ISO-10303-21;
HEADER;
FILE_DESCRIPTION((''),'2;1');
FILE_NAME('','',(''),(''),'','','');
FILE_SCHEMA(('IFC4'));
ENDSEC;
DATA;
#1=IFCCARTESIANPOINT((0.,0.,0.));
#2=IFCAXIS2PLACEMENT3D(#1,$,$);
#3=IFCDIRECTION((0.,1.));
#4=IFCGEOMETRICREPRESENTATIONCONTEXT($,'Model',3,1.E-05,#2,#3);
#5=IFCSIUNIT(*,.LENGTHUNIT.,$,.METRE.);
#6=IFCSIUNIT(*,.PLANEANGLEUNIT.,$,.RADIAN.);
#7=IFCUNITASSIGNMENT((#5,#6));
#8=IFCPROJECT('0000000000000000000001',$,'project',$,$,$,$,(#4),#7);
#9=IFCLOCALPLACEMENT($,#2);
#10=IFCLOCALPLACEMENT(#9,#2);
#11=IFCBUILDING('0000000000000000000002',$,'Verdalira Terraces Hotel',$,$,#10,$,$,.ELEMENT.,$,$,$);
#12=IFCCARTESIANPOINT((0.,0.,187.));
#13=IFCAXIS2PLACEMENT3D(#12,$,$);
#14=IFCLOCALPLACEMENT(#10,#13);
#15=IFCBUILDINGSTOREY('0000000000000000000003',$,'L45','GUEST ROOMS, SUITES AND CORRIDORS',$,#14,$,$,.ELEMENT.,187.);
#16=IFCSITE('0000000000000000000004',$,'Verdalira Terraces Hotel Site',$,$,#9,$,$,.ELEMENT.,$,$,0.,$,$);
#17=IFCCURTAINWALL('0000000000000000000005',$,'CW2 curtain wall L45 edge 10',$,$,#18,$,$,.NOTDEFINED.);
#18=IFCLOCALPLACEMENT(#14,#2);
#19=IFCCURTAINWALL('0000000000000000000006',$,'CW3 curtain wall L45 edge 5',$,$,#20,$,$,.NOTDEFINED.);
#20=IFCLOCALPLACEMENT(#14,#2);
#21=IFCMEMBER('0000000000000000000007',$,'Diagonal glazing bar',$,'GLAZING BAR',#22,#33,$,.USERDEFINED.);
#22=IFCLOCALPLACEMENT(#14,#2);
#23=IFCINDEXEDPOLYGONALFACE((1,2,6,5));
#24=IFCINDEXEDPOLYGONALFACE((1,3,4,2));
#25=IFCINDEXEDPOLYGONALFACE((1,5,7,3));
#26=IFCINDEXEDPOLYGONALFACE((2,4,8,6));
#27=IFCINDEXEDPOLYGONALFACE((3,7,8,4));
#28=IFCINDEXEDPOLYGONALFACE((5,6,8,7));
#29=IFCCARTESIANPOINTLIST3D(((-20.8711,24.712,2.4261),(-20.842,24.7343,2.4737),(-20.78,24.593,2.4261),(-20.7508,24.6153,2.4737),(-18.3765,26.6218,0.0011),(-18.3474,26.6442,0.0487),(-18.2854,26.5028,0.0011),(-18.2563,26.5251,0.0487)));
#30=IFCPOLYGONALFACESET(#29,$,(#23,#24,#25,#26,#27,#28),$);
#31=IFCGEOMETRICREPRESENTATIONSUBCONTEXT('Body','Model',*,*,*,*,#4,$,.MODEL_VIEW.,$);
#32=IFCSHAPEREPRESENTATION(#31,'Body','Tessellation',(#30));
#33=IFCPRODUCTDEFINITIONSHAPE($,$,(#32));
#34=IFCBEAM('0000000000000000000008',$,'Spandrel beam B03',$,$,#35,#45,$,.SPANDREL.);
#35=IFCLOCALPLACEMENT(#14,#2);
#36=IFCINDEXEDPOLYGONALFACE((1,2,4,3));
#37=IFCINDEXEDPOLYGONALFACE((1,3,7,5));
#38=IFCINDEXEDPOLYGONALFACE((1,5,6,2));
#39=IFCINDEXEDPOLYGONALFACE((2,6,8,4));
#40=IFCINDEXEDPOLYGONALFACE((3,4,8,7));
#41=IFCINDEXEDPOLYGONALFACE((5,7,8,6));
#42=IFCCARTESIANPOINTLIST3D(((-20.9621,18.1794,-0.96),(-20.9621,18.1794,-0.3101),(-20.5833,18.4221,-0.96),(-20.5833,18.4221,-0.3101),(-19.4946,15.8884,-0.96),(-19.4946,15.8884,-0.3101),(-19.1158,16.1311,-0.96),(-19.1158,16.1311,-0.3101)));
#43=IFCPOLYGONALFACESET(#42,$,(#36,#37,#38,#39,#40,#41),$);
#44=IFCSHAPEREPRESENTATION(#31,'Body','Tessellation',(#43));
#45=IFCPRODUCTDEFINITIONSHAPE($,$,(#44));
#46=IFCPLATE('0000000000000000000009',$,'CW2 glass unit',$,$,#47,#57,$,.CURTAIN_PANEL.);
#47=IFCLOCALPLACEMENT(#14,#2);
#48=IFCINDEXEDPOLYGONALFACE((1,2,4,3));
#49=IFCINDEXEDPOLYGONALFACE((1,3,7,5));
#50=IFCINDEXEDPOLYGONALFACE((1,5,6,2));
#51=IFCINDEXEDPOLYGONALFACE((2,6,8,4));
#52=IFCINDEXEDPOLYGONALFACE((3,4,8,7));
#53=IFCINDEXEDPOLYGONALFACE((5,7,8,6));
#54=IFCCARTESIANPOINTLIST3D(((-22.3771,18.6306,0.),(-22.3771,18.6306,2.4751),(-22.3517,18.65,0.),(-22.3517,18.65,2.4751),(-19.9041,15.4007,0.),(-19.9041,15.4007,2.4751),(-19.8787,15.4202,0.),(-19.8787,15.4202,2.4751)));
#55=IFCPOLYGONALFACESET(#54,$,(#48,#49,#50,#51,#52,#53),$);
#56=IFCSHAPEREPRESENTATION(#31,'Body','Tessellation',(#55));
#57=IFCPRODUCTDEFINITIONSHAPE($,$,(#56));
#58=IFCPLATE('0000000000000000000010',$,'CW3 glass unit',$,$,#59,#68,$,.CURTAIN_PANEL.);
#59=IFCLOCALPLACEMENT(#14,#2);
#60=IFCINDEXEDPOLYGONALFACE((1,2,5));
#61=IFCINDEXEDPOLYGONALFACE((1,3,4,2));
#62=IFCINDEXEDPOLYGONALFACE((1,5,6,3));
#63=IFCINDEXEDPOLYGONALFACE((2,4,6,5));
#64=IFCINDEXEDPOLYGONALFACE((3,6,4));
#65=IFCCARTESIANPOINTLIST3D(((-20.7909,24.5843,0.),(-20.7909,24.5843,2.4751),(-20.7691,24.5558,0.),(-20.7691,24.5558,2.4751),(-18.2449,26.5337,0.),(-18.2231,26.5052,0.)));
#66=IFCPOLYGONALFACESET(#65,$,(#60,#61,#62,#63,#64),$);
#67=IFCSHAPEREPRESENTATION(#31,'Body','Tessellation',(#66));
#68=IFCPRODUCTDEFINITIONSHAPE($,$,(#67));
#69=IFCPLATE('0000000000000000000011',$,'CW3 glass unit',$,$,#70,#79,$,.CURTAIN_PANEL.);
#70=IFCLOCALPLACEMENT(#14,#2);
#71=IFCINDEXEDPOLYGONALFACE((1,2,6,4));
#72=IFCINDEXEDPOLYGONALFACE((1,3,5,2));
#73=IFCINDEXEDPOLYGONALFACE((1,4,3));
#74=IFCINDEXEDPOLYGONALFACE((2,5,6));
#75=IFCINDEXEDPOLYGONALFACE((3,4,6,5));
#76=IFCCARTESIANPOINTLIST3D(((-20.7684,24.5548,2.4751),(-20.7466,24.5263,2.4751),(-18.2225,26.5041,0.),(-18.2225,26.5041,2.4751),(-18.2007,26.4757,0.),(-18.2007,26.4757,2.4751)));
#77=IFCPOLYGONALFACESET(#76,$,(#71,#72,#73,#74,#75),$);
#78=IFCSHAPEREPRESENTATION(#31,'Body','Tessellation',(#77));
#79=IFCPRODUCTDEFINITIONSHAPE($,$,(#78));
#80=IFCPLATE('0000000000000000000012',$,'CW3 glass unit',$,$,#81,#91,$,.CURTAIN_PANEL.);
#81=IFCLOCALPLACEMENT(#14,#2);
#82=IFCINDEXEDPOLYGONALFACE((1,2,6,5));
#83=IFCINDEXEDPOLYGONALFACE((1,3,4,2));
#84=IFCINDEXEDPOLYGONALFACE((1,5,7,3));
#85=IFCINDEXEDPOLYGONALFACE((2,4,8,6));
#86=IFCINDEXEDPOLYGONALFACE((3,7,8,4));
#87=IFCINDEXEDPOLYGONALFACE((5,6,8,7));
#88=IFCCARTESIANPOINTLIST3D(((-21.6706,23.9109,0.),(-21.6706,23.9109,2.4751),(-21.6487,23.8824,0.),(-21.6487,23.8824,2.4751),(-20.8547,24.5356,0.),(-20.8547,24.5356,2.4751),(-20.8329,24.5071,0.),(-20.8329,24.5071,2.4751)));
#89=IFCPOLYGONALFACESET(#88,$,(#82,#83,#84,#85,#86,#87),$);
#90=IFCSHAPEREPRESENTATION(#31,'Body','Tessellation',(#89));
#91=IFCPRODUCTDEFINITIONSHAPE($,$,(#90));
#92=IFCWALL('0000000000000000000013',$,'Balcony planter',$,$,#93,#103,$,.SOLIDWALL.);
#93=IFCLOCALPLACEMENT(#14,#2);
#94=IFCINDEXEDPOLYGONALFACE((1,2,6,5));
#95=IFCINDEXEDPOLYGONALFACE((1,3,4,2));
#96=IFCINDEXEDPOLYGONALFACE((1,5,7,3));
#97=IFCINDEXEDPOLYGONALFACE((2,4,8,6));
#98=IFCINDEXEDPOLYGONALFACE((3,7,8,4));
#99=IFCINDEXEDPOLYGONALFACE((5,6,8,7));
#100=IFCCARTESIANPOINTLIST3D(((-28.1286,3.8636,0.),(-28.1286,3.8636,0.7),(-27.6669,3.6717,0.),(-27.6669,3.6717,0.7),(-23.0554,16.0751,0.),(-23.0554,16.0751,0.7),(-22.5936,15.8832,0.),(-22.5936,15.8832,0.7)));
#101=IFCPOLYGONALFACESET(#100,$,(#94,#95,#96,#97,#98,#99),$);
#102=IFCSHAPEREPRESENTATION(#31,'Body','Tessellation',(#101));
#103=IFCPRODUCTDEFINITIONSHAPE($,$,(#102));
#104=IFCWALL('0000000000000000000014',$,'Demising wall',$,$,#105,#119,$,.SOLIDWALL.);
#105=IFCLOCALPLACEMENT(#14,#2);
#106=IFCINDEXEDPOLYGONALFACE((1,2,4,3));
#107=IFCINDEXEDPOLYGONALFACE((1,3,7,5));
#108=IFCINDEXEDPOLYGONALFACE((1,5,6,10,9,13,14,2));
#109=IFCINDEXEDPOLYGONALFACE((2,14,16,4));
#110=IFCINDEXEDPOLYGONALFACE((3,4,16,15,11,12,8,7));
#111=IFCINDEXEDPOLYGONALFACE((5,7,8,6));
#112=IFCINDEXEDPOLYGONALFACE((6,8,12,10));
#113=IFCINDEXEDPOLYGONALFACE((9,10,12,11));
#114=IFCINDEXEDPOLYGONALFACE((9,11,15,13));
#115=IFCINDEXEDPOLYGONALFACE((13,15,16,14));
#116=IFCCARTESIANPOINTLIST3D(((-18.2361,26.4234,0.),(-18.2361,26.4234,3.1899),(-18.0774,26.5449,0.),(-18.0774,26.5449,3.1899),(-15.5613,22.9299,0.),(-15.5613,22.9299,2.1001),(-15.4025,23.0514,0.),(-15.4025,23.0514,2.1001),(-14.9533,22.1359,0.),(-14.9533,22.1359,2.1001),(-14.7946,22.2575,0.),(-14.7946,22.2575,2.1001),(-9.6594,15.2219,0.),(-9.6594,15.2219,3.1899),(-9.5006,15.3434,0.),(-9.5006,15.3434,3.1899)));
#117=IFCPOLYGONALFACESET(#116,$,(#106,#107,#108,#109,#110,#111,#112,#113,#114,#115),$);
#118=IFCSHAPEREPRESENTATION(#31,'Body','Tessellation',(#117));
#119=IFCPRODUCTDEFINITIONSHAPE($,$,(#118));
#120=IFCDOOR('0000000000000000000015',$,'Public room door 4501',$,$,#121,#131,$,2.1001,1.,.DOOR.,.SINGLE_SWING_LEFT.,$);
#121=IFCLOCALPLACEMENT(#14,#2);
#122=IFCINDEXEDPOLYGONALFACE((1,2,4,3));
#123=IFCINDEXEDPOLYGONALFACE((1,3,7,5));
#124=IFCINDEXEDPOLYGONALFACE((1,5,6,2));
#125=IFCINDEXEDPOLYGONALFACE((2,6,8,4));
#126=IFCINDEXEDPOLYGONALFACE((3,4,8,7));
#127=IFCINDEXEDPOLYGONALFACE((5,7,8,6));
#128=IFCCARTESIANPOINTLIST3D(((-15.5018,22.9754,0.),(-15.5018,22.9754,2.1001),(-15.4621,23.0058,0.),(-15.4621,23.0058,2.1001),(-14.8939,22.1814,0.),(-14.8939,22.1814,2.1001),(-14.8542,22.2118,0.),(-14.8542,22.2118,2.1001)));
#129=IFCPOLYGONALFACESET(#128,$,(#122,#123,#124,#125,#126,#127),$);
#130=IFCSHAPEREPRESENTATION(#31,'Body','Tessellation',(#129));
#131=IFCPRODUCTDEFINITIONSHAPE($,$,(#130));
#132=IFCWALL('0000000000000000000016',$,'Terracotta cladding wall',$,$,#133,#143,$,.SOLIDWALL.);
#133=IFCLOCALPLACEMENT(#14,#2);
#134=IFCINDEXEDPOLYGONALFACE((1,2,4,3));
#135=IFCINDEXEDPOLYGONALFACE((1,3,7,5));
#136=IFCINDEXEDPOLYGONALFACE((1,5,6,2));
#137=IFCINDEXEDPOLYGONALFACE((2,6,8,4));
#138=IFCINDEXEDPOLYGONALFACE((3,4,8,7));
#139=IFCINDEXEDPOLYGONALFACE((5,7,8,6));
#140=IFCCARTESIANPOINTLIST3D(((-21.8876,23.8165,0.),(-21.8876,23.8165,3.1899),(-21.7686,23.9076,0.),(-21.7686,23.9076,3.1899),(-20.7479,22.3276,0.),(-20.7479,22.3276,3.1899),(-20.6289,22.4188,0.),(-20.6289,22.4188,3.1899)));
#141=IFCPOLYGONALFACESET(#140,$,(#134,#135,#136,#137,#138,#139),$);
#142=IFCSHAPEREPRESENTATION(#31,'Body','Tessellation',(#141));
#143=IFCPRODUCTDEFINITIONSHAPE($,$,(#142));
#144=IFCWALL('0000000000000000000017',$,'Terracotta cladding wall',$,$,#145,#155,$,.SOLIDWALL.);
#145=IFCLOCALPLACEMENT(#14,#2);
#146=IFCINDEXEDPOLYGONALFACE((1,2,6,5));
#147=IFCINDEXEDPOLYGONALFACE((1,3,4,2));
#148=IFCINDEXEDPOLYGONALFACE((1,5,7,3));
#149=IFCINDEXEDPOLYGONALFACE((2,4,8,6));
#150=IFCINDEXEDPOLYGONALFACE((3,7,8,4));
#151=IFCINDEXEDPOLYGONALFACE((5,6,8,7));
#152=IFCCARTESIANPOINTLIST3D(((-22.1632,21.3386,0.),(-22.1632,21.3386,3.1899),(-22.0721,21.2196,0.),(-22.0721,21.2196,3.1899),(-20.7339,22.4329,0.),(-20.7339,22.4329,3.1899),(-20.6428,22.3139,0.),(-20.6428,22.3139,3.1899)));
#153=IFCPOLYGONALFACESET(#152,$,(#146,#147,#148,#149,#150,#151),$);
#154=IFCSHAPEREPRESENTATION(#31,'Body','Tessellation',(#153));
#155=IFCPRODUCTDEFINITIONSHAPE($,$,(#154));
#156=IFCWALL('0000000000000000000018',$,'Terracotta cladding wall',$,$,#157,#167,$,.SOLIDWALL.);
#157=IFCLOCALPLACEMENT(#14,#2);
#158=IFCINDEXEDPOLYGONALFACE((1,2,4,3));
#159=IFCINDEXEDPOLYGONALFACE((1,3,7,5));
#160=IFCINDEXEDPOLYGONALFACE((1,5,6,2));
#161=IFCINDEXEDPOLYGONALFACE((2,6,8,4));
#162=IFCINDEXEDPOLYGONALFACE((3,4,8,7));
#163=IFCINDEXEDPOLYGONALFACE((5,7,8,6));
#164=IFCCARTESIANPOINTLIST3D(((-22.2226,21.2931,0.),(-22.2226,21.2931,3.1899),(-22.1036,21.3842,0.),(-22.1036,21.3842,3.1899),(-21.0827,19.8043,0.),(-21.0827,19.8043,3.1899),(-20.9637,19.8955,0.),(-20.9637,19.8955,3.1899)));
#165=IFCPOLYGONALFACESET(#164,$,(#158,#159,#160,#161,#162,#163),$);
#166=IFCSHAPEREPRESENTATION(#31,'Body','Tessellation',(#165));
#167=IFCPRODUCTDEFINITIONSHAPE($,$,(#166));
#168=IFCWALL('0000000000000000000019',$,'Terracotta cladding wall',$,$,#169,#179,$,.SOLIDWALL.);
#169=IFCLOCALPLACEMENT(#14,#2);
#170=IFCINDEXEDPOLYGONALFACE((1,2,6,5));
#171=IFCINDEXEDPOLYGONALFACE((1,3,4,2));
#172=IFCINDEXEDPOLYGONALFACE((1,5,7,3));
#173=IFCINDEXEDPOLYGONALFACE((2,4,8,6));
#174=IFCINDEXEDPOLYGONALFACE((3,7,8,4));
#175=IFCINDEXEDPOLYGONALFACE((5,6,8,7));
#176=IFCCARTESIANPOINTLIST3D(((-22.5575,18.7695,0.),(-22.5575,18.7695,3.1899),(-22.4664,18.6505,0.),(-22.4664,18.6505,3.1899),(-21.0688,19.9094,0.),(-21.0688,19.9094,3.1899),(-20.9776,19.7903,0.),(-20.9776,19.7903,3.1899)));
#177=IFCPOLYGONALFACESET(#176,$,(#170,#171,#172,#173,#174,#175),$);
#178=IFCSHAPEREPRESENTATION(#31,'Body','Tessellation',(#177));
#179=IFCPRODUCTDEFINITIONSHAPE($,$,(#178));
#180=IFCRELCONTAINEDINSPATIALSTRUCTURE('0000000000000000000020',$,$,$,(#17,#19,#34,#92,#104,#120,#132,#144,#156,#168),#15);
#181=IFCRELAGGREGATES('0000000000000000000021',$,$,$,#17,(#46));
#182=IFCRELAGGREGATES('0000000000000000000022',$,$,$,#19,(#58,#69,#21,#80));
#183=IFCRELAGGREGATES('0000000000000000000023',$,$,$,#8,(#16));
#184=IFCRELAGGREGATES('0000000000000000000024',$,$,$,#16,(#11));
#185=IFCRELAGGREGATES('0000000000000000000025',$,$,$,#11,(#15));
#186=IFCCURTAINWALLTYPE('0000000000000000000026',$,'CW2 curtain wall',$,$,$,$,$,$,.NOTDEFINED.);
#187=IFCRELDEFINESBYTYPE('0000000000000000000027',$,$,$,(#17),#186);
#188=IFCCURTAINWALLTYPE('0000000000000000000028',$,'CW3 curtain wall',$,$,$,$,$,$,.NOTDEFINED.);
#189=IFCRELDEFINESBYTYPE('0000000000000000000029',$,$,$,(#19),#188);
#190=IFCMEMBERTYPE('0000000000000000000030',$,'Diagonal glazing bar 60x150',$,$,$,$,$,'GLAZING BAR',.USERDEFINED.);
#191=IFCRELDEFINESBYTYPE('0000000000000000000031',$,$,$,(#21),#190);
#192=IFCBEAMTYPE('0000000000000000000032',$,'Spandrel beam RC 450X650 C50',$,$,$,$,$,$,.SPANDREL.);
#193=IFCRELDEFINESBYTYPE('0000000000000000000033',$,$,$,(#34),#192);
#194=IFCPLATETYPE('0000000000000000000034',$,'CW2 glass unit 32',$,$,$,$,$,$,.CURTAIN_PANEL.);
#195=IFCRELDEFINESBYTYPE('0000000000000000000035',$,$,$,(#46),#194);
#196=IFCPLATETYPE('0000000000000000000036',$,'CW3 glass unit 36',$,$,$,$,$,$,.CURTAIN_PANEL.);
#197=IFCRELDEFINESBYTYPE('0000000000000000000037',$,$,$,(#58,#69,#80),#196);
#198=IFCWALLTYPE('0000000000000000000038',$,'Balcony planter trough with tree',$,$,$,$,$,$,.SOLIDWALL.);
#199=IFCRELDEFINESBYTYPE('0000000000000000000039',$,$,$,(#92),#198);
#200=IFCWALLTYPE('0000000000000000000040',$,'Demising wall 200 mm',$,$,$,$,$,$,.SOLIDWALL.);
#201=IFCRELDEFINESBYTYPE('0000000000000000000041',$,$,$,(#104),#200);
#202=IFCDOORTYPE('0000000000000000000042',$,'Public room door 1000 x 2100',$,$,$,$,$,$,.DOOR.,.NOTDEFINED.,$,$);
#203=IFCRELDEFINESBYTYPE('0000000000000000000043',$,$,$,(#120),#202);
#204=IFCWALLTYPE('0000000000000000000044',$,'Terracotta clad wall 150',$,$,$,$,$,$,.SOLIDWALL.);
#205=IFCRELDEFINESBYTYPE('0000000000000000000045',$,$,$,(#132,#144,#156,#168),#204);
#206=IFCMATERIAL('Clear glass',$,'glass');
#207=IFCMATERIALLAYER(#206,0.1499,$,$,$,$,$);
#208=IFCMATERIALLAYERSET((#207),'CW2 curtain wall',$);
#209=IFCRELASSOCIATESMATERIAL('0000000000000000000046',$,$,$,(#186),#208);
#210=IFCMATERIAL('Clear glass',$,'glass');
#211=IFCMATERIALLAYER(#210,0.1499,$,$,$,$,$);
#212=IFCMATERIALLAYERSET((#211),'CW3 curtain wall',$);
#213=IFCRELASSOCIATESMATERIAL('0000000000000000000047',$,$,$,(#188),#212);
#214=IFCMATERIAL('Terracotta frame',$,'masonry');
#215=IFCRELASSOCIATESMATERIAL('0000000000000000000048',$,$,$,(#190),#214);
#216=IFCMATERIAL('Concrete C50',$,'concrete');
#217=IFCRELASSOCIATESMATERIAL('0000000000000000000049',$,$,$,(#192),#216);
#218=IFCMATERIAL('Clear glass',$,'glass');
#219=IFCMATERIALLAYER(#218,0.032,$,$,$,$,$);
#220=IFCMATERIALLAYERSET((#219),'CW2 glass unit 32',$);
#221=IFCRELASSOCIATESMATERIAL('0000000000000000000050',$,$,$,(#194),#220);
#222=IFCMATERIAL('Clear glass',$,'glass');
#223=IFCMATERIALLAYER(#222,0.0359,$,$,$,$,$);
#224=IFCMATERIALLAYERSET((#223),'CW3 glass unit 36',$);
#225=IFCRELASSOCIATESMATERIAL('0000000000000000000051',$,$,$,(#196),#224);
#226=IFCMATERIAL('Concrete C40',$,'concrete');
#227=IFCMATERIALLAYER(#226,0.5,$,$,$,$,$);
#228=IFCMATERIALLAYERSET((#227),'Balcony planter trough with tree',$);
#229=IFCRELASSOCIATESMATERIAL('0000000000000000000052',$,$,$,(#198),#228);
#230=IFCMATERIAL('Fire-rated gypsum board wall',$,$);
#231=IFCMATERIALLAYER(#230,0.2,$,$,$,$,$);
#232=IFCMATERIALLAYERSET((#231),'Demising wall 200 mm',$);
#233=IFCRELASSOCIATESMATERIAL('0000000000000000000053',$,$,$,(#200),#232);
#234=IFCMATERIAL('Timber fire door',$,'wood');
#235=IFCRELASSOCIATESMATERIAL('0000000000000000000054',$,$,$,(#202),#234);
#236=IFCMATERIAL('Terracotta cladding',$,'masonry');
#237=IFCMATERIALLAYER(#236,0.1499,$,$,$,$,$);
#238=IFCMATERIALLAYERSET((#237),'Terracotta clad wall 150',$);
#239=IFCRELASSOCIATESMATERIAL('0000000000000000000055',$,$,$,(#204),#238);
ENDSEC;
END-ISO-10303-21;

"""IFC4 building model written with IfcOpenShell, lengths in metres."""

from ifc_helpers import new_model, si_unit, direction, frame, frame_2d, origin, origin_2d, place, context, subcontext, project, spatial, polyline, rectangle, outline, extrude, material, layer, layer_set, material_profile, profile_set, type_object, element, fill, aggregate, save


model = new_model("IFC4")

# Units and contexts
model_context = context("Model", 3, precision=1e-05, world=origin(), true_north=direction((0.0, 1.0)))
body_context = subcontext(model_context, "Body", "Model", "MODEL_VIEW")
ifc_project = project(units=[si_unit("LENGTHUNIT", "METRE"), si_unit("PLANEANGLEUNIT", "RADIAN")], contexts=[model_context])

# Site, building, storey
site_placement = place(None, origin())
site = spatial("IfcSite", under=ifc_project, at=site_placement, Name="Verdalira Terraces Hotel Site", CompositionType="ELEMENT", RefElevation=0.0)
building_placement = place(site_placement, origin())
building = spatial("IfcBuilding", under=site, at=building_placement, Name="Verdalira Terraces Hotel", CompositionType="ELEMENT")
storey_placement = place(building_placement, frame((0.0, 0.0, 187.0)))
storey = spatial("IfcBuildingStorey", under=building, at=storey_placement, Name="L45", Description="GUEST ROOMS, SUITES AND CORRIDORS", CompositionType="ELEMENT", Elevation=187.0)

# Curtain walls, member
ifc_material_1 = material(Name="Clear glass", Category="glass")
ifc_layer_1 = layer(ifc_material_1, 0.1499)
ifc_layer_set_1 = layer_set([ifc_layer_1], Name="CW2 curtain wall")
curtain_wall_type_1 = type_object("IfcCurtainWallType", Name="CW2 curtain wall", PredefinedType="NOTDEFINED", material=ifc_layer_set_1)
curtain_wall_1_placement = place(storey_placement, origin())
curtain_wall_1 = element("IfcCurtainWall", 1, at=curtain_wall_1_placement, inside=storey, type_object=curtain_wall_type_1, Name="CW2 curtain wall L45 edge 10", PredefinedType="NOTDEFINED")
ifc_material_2 = material(Name="Clear glass", Category="glass")
ifc_layer_2 = layer(ifc_material_2, 0.1499)
ifc_layer_set_2 = layer_set([ifc_layer_2], Name="CW3 curtain wall")
curtain_wall_type_2 = type_object("IfcCurtainWallType", Name="CW3 curtain wall", PredefinedType="NOTDEFINED", material=ifc_layer_set_2)
curtain_wall_2_placement = place(storey_placement, origin())
curtain_wall_2 = element("IfcCurtainWall", 2, at=curtain_wall_2_placement, inside=storey, type_object=curtain_wall_type_2, Name="CW3 curtain wall L45 edge 5", PredefinedType="NOTDEFINED")
ifc_material_3 = material(Name="Terracotta frame", Category="masonry")
ifc_material_profile_1 = material_profile(ifc_material_3, rectangle(XDim=0.1499, YDim=0.0601, at=origin_2d()), Name="GB 60x150")
ifc_profile_set_1 = profile_set([ifc_material_profile_1], Name="Terracotta frame")
member_type_1 = type_object("IfcMemberType", Name="Diagonal glazing bar 60x150", ElementType="GLAZING BAR", PredefinedType="USERDEFINED", material=ifc_profile_set_1)
member_1_placement = place(storey_placement, frame((-18.3164, 26.5735, 0.0249), z_axis=(-0.628551, -0.481225, 0.61102), x_axis=(0.607903, -0.794011, 0.0)))
member_1 = element("IfcMember", 3, at=member_1_placement, type_object=member_type_1, Name="Diagonal glazing bar", ObjectType="GLAZING BAR", PredefinedType="USERDEFINED", context=body_context, shape_type="SweptSolid", body=[
    extrude(rectangle(XDim=0.1499, YDim=0.0601, at=origin_2d()), origin(), (0.0, 0.0, 1.0), 3.9688),
])

# Beam
ifc_material_4 = material(Name="Concrete C50", Category="concrete")
ifc_material_profile_2 = material_profile(ifc_material_4, rectangle(XDim=0.45, YDim=0.6499, at=origin_2d()), Name="RC 450X650")
ifc_profile_set_2 = profile_set([ifc_material_profile_2], Name="Concrete C50")
beam_type_1 = type_object("IfcBeamType", Name="Spandrel beam RC 450X650 C50", PredefinedType="SPANDREL", material=ifc_profile_set_2)
beam_1_placement = place(storey_placement, frame((-20.7727, 18.3008, -0.635), z_axis=(0.539387, -0.842058, 0.0), x_axis=(0.842058, 0.539387, 0.0)))
element("IfcBeam", 4, at=beam_1_placement, inside=storey, type_object=beam_type_1, Name="Spandrel beam B03", PredefinedType="SPANDREL", context=body_context, shape_type="SweptSolid", body=[
    extrude(rectangle(XDim=0.45, YDim=0.6499, at=origin_2d()), origin(), (0.0, 0.0, 1.0), 2.7207),
])

# Plates
ifc_material_5 = material(Name="Clear glass", Category="glass")
ifc_layer_3 = layer(ifc_material_5, 0.032)
ifc_layer_set_3 = layer_set([ifc_layer_3], Name="CW2 glass unit 32")
plate_type_1 = type_object("IfcPlateType", Name="CW2 glass unit 32", PredefinedType="CURTAIN_PANEL", material=ifc_layer_set_3)
plate_1_placement = place(storey_placement, frame((-21.1279, 17.0254, 0.0), z_axis=(0.0, 0.0, 1.0), x_axis=(0.60793, -0.79399, 0.0)))
plate_1 = element("IfcPlate", 5, at=plate_1_placement, type_object=plate_type_1, Name="CW2 glass unit", PredefinedType="CURTAIN_PANEL", context=body_context, shape_type="SweptSolid", body=[
    extrude(rectangle(XDim=4.0679, YDim=0.032, at=origin_2d()), origin(), (0.0, 0.0, 1.0), 2.4751),
])
aggregate(curtain_wall_1, [plate_1])
ifc_material_6 = material(Name="Clear glass", Category="glass")
ifc_layer_4 = layer(ifc_material_6, 0.0359)
ifc_layer_set_4 = layer_set([ifc_layer_4], Name="CW3 glass unit 36")
plate_type_2 = type_object("IfcPlateType", Name="CW3 glass unit 36", PredefinedType="CURTAIN_PANEL", material=ifc_layer_set_4)
plate_2_placement = place(storey_placement, frame((-19.4961, 25.5305, 1.2375), z_axis=(-0.60793, 0.79399, 0.0), x_axis=(-0.79399, -0.60793, 0.0)))
plate_2 = element("IfcPlate", 6, at=plate_2_placement, type_object=plate_type_2, Name="CW3 glass unit", PredefinedType="CURTAIN_PANEL", context=body_context, shape_type="SweptSolid", body=[
    extrude(outline(polyline([(-1.6033, -1.2375), (1.6033, -1.2375), (1.6033, 1.2375), (-1.6033, -1.2375)])), origin(), (0.0, 0.0, 1.0), 0.0359),
])
plate_3_placement = place(storey_placement, frame((-19.4736, 25.501, 1.2375), z_axis=(-0.60793, 0.79399, 0.0), x_axis=(-0.79399, -0.60793, 0.0)))
plate_3 = element("IfcPlate", 7, at=plate_3_placement, type_object=plate_type_2, Name="CW3 glass unit", PredefinedType="CURTAIN_PANEL", context=body_context, shape_type="SweptSolid", body=[
    extrude(outline(polyline([(-1.6033, -1.2375), (1.6033, 1.2375), (-1.6033, 1.2375), (-1.6033, -1.2375)])), origin(), (0.0, 0.0, 1.0), 0.0359),
])
plate_4_placement = place(storey_placement, frame((-21.2517, 24.209, 0.0), z_axis=(0.0, 0.0, 1.0), x_axis=(-0.79399, -0.60793, 0.0)))
plate_4 = element("IfcPlate", 8, at=plate_4_placement, type_object=plate_type_2, Name="CW3 glass unit", PredefinedType="CURTAIN_PANEL", context=body_context, shape_type="SweptSolid", body=[
    extrude(rectangle(XDim=1.0276, YDim=0.0359, at=origin_2d()), origin(), (0.0, 0.0, 1.0), 2.4751),
])
aggregate(curtain_wall_2, [plate_2, plate_3, member_1, plate_4])

# Wall
ifc_material_7 = material(Name="Concrete C40", Category="concrete")
ifc_layer_5 = layer(ifc_material_7, 0.5)
ifc_layer_set_5 = layer_set([ifc_layer_5], Name="Balcony planter trough with tree")
wall_type_1 = type_object("IfcWallType", Name="Balcony planter trough with tree", PredefinedType="SOLIDWALL", material=ifc_layer_set_5)
wall_1_placement = place(storey_placement, frame((-22.8245, 15.9792, 0.0), z_axis=(0.0, 0.0, 1.0), x_axis=(-0.383658, -0.923475, 0.0)))
element("IfcWall", 9, at=wall_1_placement, inside=storey, type_object=wall_type_1, Name="Balcony planter", PredefinedType="SOLIDWALL", context=body_context, shape_type="SweptSolid", body=[
    extrude(rectangle(XDim=13.2234, YDim=0.5, at=frame_2d((6.6118, 0.0))), origin(), (0.0, 0.0, 1.0), 0.7),
])

# Wall, opening, door
ifc_material_8 = material(Name="Fire-rated gypsum board wall")
ifc_layer_6 = layer(ifc_material_8, 0.2)
ifc_layer_set_6 = layer_set([ifc_layer_6], Name="Demising wall 200 mm")
wall_type_2 = type_object("IfcWallType", Name="Demising wall 200 mm", PredefinedType="SOLIDWALL", material=ifc_layer_set_6)
wall_2_placement = place(storey_placement, frame((-18.1567, 26.4841, 0.0), z_axis=(0.0, 0.0, 1.0), x_axis=(0.607936, -0.793986, 0.0)))
wall_2 = element("IfcWall", 10, at=wall_2_placement, inside=storey, type_object=wall_type_2, Name="Demising wall", PredefinedType="SOLIDWALL", context=body_context, shape_type="SweptSolid", body=[
    extrude(rectangle(XDim=14.1079, YDim=0.2, at=frame_2d((7.054, 0.0))), origin(), (0.0, 0.0, 1.0), 3.1899),
])
opening_placement = place(wall_2_placement, frame((4.3999, 0.0, 0.0)))
opening = element("IfcOpeningElement", 11, at=opening_placement, cuts=wall_2, PredefinedType="OPENING", context=body_context, shape_type="SweptSolid", body=[
    extrude(rectangle(XDim=1.0, YDim=2.1001, at=frame_2d((0.5, 1.05))), frame((0.0, 0.1099, 0.0), z_axis=(0.0, -1.0, 0.0), x_axis=(1.0, 0.0, 0.0)), (0.0, 0.0, 1.0), 0.22),
])
ifc_material_9 = material(Name="Timber fire door", Category="wood")
door_type = type_object("IfcDoorType", Name="Public room door 1000 x 2100", OperationType="NOTDEFINED", PredefinedType="DOOR", material=ifc_material_9)
door_placement = place(opening_placement, origin())
door = element("IfcDoor", 12, at=door_placement, inside=storey, type_object=door_type, Name="Public room door 4501", OperationType="SINGLE_SWING_LEFT", OverallHeight=2.1001, OverallWidth=1.0, PredefinedType="DOOR", context=body_context, shape_type="SweptSolid", body=[
    extrude(rectangle(XDim=1.0, YDim=2.1001, at=frame_2d((0.5, 1.05))), frame((0.0, 0.0249, 0.0), z_axis=(0.0, -1.0, 0.0), x_axis=(1.0, 0.0, 0.0)), (0.0, 0.0, 1.0), 0.05),
])
fill(opening, door)

# Walls
ifc_material_10 = material(Name="Terracotta cladding", Category="masonry")
ifc_layer_7 = layer(ifc_material_10, 0.1499)
ifc_layer_set_7 = layer_set([ifc_layer_7], Name="Terracotta clad wall 150")
wall_type_3 = type_object("IfcWallType", Name="Terracotta clad wall 150", PredefinedType="SOLIDWALL", material=ifc_layer_set_7)
wall_3_placement = place(storey_placement, frame((-21.8281, 23.8621, 0.0), z_axis=(0.0, 0.0, 1.0), x_axis=(0.607846, -0.794055, 0.0)))
element("IfcWall", 13, at=wall_3_placement, inside=storey, type_object=wall_type_3, Name="Terracotta cladding wall", PredefinedType="SOLIDWALL", context=body_context, shape_type="SweptSolid", body=[
    extrude(rectangle(XDim=1.875, YDim=0.1499, at=frame_2d((0.9375, 0.0))), origin(), (0.0, 0.0, 1.0), 3.1899),
])
wall_4_placement = place(storey_placement, frame((-20.6885, 22.3733, 0.0), z_axis=(0.0, 0.0, 1.0), x_axis=(-0.794004, -0.607913, 0.0)))
element("IfcWall", 14, at=wall_4_placement, inside=storey, type_object=wall_type_3, Name="Terracotta cladding wall", PredefinedType="SOLIDWALL", context=body_context, shape_type="SweptSolid", body=[
    extrude(rectangle(XDim=1.8, YDim=0.1499, at=frame_2d((0.8999, 0.0))), origin(), (0.0, 0.0, 1.0), 3.1899),
])
for number, where, z_axis, x_axis, name in (
    (15, (-22.1631, 21.3386, 0.0), (0.0, 0.0, 1.0), (0.607928, -0.793992, 0.0), "Terracotta cladding wall"),
    (16, (-21.0232, 19.8499, 0.0), (0.0, 0.0, 1.0), (-0.793992, -0.607928, 0.0), "Terracotta cladding wall"),
):
    element("IfcWall", number, at=place(storey_placement, frame(where, z_axis=z_axis, x_axis=x_axis)), inside=storey, type_object=wall_type_3, Name=name, PredefinedType="SOLIDWALL", context=body_context, shape_type="SweptSolid", body=[
        extrude(rectangle(XDim=1.875, YDim=0.1499, at=frame_2d((0.9375, 0.0))), origin(), (0.0, 0.0, 1.0), 3.1899),
    ])

save(model, "model.ifc")
